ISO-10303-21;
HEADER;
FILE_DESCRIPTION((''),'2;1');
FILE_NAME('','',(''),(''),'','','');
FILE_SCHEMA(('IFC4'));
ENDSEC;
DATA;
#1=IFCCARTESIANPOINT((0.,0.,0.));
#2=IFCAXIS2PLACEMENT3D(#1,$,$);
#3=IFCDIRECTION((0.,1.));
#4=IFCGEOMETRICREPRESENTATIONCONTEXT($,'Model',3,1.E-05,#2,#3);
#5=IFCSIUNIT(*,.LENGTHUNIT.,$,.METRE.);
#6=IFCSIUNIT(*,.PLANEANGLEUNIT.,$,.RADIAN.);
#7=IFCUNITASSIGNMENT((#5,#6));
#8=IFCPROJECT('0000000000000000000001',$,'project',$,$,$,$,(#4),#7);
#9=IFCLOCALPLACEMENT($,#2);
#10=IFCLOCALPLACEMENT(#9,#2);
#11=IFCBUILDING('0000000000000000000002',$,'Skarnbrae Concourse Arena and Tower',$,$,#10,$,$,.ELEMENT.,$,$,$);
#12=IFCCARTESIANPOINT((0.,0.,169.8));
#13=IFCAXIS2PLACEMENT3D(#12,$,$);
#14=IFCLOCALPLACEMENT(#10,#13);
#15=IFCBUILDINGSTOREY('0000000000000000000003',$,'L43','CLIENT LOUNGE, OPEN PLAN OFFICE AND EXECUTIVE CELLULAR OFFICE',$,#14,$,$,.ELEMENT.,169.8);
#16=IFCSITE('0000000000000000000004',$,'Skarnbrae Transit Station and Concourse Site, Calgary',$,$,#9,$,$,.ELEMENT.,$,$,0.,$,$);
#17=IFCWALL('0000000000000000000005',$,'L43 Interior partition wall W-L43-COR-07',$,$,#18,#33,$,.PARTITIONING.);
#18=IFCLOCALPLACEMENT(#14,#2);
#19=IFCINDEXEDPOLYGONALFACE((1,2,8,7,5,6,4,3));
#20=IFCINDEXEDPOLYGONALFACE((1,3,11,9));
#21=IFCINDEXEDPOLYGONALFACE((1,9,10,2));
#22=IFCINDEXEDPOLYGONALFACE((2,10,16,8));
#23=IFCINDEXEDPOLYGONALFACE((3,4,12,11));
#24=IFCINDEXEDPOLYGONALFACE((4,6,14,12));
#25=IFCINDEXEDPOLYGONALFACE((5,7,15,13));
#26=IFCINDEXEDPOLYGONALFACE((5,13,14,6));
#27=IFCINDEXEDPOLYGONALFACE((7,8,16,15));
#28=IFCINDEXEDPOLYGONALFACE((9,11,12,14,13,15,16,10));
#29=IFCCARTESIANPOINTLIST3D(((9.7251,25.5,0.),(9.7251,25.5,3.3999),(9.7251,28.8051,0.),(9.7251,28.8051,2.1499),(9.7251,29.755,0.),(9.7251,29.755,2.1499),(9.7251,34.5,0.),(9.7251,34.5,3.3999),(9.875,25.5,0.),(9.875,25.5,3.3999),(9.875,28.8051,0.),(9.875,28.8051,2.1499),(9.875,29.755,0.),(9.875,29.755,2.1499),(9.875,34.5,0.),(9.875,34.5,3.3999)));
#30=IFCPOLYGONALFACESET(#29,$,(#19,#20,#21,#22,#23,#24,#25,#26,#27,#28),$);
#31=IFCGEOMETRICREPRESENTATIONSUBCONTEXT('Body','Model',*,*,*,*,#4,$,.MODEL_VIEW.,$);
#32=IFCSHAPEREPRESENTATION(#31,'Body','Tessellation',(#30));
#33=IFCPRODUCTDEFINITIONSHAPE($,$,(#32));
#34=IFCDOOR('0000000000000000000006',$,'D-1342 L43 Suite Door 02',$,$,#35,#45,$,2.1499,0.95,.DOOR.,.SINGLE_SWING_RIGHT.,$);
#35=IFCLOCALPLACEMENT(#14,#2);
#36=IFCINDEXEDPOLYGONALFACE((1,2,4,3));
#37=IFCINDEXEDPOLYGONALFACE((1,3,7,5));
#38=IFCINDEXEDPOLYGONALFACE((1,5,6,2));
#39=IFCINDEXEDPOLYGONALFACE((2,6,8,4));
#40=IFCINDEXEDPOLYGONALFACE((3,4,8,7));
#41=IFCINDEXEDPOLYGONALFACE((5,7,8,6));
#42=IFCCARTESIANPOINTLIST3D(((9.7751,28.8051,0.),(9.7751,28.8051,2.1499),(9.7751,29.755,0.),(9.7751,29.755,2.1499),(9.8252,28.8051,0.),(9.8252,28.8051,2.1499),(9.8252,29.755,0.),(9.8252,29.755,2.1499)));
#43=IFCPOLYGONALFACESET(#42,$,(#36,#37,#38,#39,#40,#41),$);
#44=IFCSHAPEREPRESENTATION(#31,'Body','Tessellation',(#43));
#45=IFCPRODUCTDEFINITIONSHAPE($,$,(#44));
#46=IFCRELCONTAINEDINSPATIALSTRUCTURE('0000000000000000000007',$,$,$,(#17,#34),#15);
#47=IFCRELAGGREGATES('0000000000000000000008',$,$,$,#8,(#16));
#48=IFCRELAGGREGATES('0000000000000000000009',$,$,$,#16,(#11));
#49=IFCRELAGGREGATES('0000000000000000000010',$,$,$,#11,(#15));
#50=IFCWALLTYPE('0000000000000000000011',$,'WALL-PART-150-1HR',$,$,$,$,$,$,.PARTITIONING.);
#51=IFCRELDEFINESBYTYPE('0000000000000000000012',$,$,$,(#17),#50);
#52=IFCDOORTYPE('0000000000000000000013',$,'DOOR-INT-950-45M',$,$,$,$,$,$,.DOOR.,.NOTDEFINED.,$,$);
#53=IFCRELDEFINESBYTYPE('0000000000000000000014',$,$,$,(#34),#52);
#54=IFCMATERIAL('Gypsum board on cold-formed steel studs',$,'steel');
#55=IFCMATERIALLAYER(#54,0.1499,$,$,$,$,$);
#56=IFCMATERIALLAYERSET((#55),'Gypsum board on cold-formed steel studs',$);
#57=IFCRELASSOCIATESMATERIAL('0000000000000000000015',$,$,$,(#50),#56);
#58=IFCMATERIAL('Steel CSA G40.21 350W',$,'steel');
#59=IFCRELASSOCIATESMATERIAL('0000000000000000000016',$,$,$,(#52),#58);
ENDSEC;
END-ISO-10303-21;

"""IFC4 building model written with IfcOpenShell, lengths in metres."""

from ifc_helpers import new_model, si_unit, direction, frame, frame_2d, origin, place, context, subcontext, project, spatial, rectangle, extrude, source, transform, mapped, material, layer, layer_set, type_object, element, fill, save


model = new_model("IFC4")

# Units and contexts
model_context = context("Model", 3, precision=1e-05, world=origin(), true_north=direction((0.0, 1.0)))
body_context = subcontext(model_context, "Body", "Model", "MODEL_VIEW")
ifc_project = project(units=[si_unit("LENGTHUNIT", "METRE"), si_unit("PLANEANGLEUNIT", "RADIAN")], contexts=[model_context])

# Site, building, storey
site_placement = place(None, origin())
site = spatial("IfcSite", under=ifc_project, at=site_placement, Name="Skarnbrae Transit Station and Concourse Site, Calgary", CompositionType="ELEMENT", RefElevation=0.0)
building_placement = place(site_placement, origin())
building = spatial("IfcBuilding", under=site, at=building_placement, Name="Skarnbrae Concourse Arena and Tower", CompositionType="ELEMENT")
storey_placement = place(building_placement, frame((0.0, 0.0, 169.8)))
storey = spatial("IfcBuildingStorey", under=building, at=storey_placement, Name="L43", Description="CLIENT LOUNGE, OPEN PLAN OFFICE AND EXECUTIVE CELLULAR OFFICE", CompositionType="ELEMENT", Elevation=169.8)

# Shared definitions
ifc_material_1 = material(Name="Steel CSA G40.21 350W", Category="steel")

# Shared definitions
ifc_material_2 = material(Name="Gypsum board on cold-formed steel studs", Category="steel")
ifc_layer_1 = layer(ifc_material_2, 0.1499)
ifc_layer_set_1 = layer_set([ifc_layer_1], Name="Gypsum board on cold-formed steel studs")
wall_type_1 = type_object("IfcWallType", Name="WALL-PART-150-1HR", PredefinedType="PARTITIONING", material=ifc_layer_set_1)

# Wall, opening, door
shared_shape_1 = source(origin(), body_context, "Body", "SweptSolid", [
    extrude(rectangle(XDim=9.0, YDim=0.1499, at=frame_2d((4.5, 0.0))), origin(), (0.0, 0.0, 1.0), 3.3999),
])
wall_1_placement = place(storey_placement, frame((9.8, 25.5, 0.0), z_axis=(0.0, 0.0, 1.0), x_axis=(0.0, 1.0, 0.0)))
wall_1 = element("IfcWall", 1, at=wall_1_placement, inside=storey, type_object=wall_type_1, Name="L43 Interior partition wall W-L43-COR-07", PredefinedType="PARTITIONING", context=body_context, shape_type="MappedRepresentation", body=[
    mapped(shared_shape_1, transform((0.0, 0.0, 0.0))),
])
opening_placement = place(wall_1_placement, frame((3.3049, 0.0, 0.0)))
opening = element("IfcOpeningElement", 2, at=opening_placement, cuts=wall_1, PredefinedType="OPENING", context=body_context, shape_type="SweptSolid", body=[
    extrude(rectangle(XDim=0.95, YDim=2.1499, at=frame_2d((0.4751, 1.075))), frame((0.0, 0.085, 0.0), z_axis=(0.0, -1.0, 0.0), x_axis=(1.0, 0.0, 0.0)), (0.0, 0.0, 1.0), 0.1699),
])
door_type = type_object("IfcDoorType", Name="DOOR-INT-950-45M", OperationType="NOTDEFINED", PredefinedType="DOOR", material=ifc_material_1)
shared_shape_2 = source(origin(), body_context, "Body", "SweptSolid", [
    extrude(rectangle(XDim=0.95, YDim=2.1499, at=frame_2d((0.4751, 1.075))), frame((0.0, 0.0249, 0.0), z_axis=(0.0, -1.0, 0.0), x_axis=(1.0, 0.0, 0.0)), (0.0, 0.0, 1.0), 0.05),
])
door_placement = place(opening_placement, origin())
door = element("IfcDoor", 3, at=door_placement, inside=storey, type_object=door_type, Name="D-1342 L43 Suite Door 02", OperationType="SINGLE_SWING_RIGHT", OverallHeight=2.1499, OverallWidth=0.95, PredefinedType="DOOR", context=body_context, shape_type="MappedRepresentation", body=[
    mapped(shared_shape_2, transform((0.0, 0.0, 0.0))),
])
fill(opening, door)

save(model, "model.ifc")
